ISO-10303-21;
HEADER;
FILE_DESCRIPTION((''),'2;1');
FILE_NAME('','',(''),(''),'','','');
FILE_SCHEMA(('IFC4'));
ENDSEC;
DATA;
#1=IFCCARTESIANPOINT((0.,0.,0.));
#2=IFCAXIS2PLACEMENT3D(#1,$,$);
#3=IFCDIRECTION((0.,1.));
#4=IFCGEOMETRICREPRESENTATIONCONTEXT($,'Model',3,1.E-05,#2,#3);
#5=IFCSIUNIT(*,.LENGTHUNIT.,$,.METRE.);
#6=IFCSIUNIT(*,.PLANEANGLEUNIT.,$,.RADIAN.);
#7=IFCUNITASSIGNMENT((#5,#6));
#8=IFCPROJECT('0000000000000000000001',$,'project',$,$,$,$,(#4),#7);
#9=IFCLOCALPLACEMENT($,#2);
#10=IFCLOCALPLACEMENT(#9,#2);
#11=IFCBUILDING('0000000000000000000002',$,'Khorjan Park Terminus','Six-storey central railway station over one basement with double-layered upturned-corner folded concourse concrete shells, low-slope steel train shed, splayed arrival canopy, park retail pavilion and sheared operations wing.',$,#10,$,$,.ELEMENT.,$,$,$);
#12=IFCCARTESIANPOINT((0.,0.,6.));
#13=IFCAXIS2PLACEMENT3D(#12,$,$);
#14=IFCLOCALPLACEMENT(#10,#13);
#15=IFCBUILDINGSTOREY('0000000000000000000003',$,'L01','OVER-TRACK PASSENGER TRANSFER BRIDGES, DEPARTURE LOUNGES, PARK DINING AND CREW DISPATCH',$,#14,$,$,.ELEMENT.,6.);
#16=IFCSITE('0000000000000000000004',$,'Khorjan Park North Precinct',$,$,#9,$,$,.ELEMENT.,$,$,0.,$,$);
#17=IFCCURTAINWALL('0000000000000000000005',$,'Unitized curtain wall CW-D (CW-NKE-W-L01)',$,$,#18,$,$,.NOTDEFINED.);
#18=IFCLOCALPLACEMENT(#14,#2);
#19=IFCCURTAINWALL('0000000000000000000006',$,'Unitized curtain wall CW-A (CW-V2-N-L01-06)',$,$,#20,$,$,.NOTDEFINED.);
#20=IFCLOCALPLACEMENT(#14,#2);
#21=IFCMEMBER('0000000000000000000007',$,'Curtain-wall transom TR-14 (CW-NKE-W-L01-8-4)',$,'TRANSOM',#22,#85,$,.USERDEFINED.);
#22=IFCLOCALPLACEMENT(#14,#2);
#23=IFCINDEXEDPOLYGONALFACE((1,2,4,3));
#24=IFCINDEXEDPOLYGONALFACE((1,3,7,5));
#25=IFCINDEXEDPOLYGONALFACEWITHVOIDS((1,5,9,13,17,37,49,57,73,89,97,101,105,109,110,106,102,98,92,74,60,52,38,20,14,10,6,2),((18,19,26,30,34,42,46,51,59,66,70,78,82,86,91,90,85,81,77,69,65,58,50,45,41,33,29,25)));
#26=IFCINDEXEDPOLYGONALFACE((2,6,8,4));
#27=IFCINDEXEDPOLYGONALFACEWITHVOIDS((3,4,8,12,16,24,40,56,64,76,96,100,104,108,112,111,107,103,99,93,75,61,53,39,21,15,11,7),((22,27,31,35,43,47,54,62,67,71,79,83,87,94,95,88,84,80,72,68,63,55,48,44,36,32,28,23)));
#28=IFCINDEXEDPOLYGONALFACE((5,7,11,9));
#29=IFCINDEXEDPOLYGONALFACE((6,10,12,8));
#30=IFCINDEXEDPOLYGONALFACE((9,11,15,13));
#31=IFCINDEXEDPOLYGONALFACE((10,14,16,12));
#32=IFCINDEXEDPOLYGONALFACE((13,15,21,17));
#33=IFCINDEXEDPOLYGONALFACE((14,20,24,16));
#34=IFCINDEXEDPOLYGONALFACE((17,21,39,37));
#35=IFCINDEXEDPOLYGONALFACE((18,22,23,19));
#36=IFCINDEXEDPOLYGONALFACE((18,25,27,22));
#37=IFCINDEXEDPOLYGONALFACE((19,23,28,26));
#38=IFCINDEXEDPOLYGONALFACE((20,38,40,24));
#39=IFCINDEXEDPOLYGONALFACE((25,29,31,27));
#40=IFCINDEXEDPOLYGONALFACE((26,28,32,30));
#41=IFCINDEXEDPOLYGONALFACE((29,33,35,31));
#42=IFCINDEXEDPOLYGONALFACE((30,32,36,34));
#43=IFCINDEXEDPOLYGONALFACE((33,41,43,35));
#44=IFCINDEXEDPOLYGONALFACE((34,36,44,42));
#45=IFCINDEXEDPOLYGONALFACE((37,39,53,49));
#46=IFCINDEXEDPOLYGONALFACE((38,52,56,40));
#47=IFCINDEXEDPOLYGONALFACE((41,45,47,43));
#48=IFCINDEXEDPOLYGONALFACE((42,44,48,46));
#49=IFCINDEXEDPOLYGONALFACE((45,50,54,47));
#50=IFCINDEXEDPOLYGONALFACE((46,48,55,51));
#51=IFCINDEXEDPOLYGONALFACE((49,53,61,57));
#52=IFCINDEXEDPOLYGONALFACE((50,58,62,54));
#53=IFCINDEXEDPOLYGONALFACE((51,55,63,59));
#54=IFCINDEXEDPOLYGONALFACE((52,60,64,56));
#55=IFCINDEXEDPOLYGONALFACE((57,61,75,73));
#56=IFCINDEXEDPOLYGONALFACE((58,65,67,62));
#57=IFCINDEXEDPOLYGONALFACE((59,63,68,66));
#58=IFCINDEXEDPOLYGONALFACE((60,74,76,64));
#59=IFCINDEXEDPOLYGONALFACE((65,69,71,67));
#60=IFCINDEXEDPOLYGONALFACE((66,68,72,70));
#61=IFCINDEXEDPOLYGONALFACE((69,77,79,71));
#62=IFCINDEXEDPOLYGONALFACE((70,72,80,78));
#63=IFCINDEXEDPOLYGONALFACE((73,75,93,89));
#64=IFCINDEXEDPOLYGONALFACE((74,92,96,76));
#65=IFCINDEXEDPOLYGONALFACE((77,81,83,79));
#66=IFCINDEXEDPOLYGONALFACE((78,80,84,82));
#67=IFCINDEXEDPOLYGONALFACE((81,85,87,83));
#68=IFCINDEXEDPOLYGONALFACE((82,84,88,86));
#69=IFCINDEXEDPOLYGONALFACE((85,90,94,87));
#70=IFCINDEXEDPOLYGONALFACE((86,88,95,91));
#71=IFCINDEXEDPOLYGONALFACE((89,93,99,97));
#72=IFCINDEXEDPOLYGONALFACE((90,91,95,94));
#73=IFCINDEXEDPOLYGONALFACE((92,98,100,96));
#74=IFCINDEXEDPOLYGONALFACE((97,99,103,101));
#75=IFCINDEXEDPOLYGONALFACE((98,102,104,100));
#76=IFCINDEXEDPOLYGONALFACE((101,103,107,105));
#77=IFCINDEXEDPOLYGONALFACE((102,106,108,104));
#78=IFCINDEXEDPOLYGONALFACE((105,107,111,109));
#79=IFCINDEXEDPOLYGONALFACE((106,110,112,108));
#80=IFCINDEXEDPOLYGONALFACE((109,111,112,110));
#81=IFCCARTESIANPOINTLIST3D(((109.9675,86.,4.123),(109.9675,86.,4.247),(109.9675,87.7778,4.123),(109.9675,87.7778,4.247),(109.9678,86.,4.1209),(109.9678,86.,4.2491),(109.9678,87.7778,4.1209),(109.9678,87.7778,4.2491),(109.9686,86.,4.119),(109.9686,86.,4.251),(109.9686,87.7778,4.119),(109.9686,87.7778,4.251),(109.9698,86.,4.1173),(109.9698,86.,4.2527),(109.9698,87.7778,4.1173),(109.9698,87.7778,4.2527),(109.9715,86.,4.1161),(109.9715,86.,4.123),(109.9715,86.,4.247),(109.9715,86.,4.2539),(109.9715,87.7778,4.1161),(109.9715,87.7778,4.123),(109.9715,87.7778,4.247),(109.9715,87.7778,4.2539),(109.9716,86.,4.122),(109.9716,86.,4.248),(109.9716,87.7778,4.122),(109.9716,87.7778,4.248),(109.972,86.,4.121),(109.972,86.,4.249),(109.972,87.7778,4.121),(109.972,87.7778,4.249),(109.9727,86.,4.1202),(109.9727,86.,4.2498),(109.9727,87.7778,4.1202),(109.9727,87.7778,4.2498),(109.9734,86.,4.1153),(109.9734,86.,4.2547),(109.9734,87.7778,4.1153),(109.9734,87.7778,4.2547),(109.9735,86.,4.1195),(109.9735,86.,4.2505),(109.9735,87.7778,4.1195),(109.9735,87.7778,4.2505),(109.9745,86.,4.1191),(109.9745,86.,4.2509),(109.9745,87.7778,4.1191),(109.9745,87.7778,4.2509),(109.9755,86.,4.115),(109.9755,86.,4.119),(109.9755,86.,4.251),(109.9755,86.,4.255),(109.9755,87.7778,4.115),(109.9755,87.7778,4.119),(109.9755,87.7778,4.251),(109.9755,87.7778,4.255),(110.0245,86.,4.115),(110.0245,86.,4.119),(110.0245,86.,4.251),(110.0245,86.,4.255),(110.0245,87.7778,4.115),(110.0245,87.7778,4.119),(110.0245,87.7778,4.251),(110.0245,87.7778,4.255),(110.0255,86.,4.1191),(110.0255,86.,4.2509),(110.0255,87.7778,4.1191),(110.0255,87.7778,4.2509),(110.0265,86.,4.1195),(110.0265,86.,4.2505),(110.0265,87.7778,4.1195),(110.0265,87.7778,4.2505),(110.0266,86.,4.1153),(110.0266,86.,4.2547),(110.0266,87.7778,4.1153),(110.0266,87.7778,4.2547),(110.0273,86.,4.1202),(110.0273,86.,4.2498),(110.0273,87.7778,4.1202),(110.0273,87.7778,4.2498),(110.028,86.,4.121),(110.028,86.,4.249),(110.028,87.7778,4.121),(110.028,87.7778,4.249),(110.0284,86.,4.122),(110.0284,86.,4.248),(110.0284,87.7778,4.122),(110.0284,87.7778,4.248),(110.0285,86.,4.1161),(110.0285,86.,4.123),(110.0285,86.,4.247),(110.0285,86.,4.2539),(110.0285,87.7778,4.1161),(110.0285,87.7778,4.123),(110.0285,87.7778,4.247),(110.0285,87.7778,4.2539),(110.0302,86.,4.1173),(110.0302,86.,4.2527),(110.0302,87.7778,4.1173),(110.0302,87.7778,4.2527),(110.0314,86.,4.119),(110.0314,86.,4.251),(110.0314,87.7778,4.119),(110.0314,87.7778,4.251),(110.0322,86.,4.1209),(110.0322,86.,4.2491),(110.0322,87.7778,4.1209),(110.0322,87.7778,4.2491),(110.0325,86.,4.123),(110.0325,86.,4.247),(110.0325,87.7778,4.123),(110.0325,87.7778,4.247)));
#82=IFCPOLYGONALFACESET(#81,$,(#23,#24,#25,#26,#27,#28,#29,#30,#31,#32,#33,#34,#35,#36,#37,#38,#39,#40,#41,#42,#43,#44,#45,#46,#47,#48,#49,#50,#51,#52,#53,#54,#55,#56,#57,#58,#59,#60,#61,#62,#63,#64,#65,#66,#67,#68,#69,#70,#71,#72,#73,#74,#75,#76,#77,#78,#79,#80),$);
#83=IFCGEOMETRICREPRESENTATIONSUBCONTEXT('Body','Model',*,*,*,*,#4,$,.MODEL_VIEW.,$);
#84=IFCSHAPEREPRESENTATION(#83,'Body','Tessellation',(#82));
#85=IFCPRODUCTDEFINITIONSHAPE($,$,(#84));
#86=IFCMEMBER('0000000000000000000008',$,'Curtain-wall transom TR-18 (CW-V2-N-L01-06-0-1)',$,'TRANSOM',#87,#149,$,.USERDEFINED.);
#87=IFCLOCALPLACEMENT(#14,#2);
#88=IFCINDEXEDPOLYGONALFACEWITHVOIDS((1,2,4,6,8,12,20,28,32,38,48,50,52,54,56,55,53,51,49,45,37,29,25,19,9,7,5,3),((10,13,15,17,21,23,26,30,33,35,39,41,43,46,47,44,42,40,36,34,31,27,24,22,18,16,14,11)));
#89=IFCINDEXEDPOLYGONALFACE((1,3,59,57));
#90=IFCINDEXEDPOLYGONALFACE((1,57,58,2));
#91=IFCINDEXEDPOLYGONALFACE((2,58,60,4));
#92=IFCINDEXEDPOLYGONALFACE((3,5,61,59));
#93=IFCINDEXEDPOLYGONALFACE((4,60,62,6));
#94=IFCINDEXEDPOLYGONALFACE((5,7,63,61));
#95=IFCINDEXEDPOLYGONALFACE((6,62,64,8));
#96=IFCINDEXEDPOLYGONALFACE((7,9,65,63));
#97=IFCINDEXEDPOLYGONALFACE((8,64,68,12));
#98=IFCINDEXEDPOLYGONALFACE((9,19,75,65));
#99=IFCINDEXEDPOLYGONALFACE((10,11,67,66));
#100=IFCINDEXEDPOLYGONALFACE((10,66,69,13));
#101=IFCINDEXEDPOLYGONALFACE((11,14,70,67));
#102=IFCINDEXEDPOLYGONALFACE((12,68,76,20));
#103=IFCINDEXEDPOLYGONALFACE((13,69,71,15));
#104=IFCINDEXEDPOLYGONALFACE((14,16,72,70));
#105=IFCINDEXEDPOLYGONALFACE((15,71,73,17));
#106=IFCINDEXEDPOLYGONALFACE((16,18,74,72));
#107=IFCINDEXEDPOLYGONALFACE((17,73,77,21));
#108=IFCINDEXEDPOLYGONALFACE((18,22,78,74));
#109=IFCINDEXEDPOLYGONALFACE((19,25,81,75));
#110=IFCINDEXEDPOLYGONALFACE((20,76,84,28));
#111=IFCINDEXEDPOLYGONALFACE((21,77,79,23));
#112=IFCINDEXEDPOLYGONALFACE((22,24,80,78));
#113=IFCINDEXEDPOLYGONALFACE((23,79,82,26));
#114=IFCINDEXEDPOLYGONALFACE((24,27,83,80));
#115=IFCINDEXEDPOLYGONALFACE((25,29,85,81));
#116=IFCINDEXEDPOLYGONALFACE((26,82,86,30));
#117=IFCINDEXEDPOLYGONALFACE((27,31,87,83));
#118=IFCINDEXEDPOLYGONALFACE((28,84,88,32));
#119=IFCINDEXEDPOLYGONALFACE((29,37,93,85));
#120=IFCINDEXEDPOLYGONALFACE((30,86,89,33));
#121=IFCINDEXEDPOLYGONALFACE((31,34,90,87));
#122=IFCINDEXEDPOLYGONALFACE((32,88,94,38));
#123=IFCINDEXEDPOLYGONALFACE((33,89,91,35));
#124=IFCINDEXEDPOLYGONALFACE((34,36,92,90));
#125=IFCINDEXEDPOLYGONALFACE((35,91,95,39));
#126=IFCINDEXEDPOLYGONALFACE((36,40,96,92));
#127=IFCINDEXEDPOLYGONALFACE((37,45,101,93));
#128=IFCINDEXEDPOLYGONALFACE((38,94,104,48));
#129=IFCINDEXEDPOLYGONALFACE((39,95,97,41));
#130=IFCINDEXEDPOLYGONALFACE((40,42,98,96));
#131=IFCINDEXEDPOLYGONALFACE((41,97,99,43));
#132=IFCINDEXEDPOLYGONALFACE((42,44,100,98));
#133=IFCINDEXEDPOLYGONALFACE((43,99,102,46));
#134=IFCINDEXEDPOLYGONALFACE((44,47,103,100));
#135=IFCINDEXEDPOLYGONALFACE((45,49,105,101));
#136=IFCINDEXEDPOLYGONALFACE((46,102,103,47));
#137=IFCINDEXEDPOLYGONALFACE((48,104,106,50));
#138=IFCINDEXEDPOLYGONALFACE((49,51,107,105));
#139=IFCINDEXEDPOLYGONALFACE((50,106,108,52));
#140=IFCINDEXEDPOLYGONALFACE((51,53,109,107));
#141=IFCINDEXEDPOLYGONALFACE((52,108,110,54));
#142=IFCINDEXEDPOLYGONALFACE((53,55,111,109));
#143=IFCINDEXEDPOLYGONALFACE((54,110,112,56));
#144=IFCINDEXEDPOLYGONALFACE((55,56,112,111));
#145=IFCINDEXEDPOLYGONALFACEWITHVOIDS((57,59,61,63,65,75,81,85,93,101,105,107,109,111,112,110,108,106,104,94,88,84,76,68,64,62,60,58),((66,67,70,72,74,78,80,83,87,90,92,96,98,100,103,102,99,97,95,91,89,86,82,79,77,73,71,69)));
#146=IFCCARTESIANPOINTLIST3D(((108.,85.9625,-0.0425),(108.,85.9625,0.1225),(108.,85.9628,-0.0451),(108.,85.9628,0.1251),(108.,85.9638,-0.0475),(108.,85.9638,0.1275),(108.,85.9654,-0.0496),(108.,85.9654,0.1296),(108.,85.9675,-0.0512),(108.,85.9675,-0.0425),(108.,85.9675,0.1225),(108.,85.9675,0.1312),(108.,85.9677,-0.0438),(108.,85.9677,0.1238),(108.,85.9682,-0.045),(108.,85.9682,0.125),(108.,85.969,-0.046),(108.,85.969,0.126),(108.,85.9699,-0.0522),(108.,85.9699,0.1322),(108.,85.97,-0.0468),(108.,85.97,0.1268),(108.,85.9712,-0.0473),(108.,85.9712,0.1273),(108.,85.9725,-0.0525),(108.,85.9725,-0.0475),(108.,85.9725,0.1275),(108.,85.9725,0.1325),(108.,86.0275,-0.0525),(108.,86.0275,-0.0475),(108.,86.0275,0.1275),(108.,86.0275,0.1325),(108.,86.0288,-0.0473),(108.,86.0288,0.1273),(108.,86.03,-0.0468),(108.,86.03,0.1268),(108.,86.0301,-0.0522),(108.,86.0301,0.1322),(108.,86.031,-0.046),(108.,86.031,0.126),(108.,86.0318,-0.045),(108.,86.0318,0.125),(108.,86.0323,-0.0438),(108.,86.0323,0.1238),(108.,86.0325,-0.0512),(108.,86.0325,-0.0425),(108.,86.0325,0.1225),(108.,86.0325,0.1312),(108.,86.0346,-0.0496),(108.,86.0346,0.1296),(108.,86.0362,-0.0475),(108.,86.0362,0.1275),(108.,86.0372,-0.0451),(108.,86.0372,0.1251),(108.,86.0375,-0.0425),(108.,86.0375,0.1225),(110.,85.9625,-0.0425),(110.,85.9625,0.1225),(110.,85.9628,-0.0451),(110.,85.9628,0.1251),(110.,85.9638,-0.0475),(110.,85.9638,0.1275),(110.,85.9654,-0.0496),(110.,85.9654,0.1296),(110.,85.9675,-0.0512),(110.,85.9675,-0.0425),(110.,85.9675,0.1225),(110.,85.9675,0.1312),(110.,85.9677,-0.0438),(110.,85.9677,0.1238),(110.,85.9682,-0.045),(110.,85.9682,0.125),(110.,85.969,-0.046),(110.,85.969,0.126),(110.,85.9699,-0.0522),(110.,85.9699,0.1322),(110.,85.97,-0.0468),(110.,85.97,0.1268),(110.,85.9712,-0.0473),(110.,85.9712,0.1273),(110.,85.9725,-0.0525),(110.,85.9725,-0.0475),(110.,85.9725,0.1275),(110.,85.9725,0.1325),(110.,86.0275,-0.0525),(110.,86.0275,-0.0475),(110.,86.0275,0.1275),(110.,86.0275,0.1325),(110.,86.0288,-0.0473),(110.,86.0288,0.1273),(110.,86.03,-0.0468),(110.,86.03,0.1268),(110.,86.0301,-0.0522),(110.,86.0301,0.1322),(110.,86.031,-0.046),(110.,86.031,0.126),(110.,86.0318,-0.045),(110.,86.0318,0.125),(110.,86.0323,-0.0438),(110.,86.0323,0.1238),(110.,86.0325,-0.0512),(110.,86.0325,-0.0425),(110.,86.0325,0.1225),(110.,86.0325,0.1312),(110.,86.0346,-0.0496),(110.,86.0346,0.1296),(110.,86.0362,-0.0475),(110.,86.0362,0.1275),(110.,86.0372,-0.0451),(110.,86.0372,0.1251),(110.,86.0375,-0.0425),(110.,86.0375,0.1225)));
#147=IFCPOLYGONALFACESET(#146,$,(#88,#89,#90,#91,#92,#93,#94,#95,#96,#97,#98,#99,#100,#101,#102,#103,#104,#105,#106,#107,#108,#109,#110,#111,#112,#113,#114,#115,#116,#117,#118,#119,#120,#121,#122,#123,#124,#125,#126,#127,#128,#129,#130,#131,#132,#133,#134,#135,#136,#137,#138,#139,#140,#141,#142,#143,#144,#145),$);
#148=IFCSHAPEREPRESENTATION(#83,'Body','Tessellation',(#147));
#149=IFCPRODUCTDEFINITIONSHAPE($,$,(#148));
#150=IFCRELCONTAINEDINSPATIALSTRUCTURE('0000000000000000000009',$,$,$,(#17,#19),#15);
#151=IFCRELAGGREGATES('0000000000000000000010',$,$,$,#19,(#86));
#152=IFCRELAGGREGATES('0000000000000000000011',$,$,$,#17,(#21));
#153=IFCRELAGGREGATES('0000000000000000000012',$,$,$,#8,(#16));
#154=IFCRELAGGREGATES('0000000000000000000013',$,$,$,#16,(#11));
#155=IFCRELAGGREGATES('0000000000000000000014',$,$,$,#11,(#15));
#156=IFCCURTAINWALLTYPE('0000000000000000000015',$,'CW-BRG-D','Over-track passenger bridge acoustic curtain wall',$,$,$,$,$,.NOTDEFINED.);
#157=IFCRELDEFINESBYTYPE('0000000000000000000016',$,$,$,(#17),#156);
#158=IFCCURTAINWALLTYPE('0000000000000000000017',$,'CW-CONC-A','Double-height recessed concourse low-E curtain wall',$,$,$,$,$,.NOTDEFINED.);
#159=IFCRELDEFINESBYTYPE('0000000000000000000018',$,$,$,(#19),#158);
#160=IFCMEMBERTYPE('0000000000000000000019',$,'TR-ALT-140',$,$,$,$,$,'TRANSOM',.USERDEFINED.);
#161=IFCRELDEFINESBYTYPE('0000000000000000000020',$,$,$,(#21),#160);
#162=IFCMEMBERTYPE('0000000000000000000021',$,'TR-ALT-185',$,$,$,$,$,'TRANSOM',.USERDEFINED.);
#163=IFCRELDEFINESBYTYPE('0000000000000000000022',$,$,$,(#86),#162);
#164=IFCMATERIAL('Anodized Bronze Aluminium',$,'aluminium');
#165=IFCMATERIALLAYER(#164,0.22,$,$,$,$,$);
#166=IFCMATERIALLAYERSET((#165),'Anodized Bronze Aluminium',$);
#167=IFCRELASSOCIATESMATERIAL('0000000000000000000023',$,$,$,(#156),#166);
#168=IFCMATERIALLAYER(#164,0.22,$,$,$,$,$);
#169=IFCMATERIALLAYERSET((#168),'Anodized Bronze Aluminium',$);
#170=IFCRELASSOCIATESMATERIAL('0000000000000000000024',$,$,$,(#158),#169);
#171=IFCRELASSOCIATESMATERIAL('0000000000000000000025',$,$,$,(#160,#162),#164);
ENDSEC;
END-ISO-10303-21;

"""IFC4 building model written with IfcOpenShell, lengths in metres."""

from ifc_helpers import new_model, si_unit, direction, frame, origin, origin_2d, place, context, subcontext, project, spatial, hollow_rectangle, extrude, material, layer, layer_set, material_profile, profile_set, type_object, element, aggregate, save


model = new_model("IFC4")

# Units and contexts
model_context = context("Model", 3, precision=1e-05, world=origin(), true_north=direction((0.0, 1.0)))
body_context = subcontext(model_context, "Body", "Model", "MODEL_VIEW")
ifc_project = project(units=[si_unit("LENGTHUNIT", "METRE"), si_unit("PLANEANGLEUNIT", "RADIAN")], contexts=[model_context])

# Site, building, storey
site_placement = place(None, origin())
site = spatial("IfcSite", under=ifc_project, at=site_placement, Name="Khorjan Park North Precinct", CompositionType="ELEMENT", RefElevation=0.0)
building_placement = place(site_placement, origin())
building = spatial("IfcBuilding", under=site, at=building_placement, Name="Khorjan Park Terminus", Description="Six-storey central railway station over one basement with double-layered upturned-corner folded concourse concrete shells, low-slope steel train shed, splayed arrival canopy, park retail pavilion and sheared operations wing.", CompositionType="ELEMENT")
storey_placement = place(building_placement, frame((0.0, 0.0, 6.0)))
storey = spatial("IfcBuildingStorey", under=building, at=storey_placement, Name="L01", Description="OVER-TRACK PASSENGER TRANSFER BRIDGES, DEPARTURE LOUNGES, PARK DINING AND CREW DISPATCH", CompositionType="ELEMENT", Elevation=6.0)

# Curtain walls
ifc_material_1 = material(Name="Anodized Bronze Aluminium", Category="aluminium")
ifc_layer_1 = layer(ifc_material_1, 0.22)
ifc_layer_set_1 = layer_set([ifc_layer_1], Name="Anodized Bronze Aluminium")
curtain_wall_type_1 = type_object("IfcCurtainWallType", Name="CW-BRG-D", Description="Over-track passenger bridge acoustic curtain wall", PredefinedType="NOTDEFINED", material=ifc_layer_set_1)
curtain_wall_1_placement = place(storey_placement, origin())
curtain_wall_1 = element("IfcCurtainWall", 1, at=curtain_wall_1_placement, inside=storey, type_object=curtain_wall_type_1, Name="Unitized curtain wall CW-D (CW-NKE-W-L01)", PredefinedType="NOTDEFINED")
ifc_layer_2 = layer(ifc_material_1, 0.22)
ifc_layer_set_2 = layer_set([ifc_layer_2], Name="Anodized Bronze Aluminium")
curtain_wall_type_2 = type_object("IfcCurtainWallType", Name="CW-CONC-A", Description="Double-height recessed concourse low-E curtain wall", PredefinedType="NOTDEFINED", material=ifc_layer_set_2)
curtain_wall_2_placement = place(storey_placement, origin())
curtain_wall_2 = element("IfcCurtainWall", 2, at=curtain_wall_2_placement, inside=storey, type_object=curtain_wall_type_2, Name="Unitized curtain wall CW-A (CW-V2-N-L01-06)", PredefinedType="NOTDEFINED")

# Members
ifc_material_profile_1 = material_profile(ifc_material_1, hollow_rectangle(XDim=0.065, YDim=0.14, WallThickness=0.004, InnerFilletRadius=0.004, OuterFilletRadius=0.008, at=origin_2d()), Name="ALT 65x140x4")
ifc_profile_set_1 = profile_set([ifc_material_profile_1], Name="Anodized Bronze Aluminium")
member_type_1 = type_object("IfcMemberType", Name="TR-ALT-140", ElementType="TRANSOM", PredefinedType="USERDEFINED", material=ifc_profile_set_1)
member_1_placement = place(storey_placement, frame((110.0, 87.7778, 4.185), z_axis=(0.0, -1.0, 0.0), x_axis=(1.0, 0.0, 0.0)))
member_1 = element("IfcMember", 3, at=member_1_placement, type_object=member_type_1, Name="Curtain-wall transom TR-14 (CW-NKE-W-L01-8-4)", ObjectType="TRANSOM", PredefinedType="USERDEFINED", context=body_context, shape_type="SweptSolid", body=[
    extrude(hollow_rectangle(XDim=0.065, YDim=0.14, WallThickness=0.004, InnerFilletRadius=0.004, OuterFilletRadius=0.008, at=origin_2d()), origin(), (0.0, 0.0, 1.0), 1.7778),
])
ifc_material_profile_2 = material_profile(ifc_material_1, hollow_rectangle(XDim=0.075, YDim=0.185, WallThickness=0.005, InnerFilletRadius=0.005, OuterFilletRadius=0.01, at=origin_2d()), Name="ALT 75x185x5")
ifc_profile_set_2 = profile_set([ifc_material_profile_2], Name="Anodized Bronze Aluminium")
member_type_2 = type_object("IfcMemberType", Name="TR-ALT-185", ElementType="TRANSOM", PredefinedType="USERDEFINED", material=ifc_profile_set_2)
member_2_placement = place(storey_placement, frame((110.0, 86.0, 0.04), z_axis=(-1.0, 0.0, 0.0), x_axis=(0.0, -1.0, 0.0)))
member_2 = element("IfcMember", 4, at=member_2_placement, type_object=member_type_2, Name="Curtain-wall transom TR-18 (CW-V2-N-L01-06-0-1)", ObjectType="TRANSOM", PredefinedType="USERDEFINED", context=body_context, shape_type="SweptSolid", body=[
    extrude(hollow_rectangle(XDim=0.075, YDim=0.185, WallThickness=0.005, InnerFilletRadius=0.005, OuterFilletRadius=0.01, at=origin_2d()), origin(), (0.0, 0.0, 1.0), 2.0),
])

aggregate(curtain_wall_2, [member_2])
aggregate(curtain_wall_1, [member_1])

save(model, "model.ifc")
